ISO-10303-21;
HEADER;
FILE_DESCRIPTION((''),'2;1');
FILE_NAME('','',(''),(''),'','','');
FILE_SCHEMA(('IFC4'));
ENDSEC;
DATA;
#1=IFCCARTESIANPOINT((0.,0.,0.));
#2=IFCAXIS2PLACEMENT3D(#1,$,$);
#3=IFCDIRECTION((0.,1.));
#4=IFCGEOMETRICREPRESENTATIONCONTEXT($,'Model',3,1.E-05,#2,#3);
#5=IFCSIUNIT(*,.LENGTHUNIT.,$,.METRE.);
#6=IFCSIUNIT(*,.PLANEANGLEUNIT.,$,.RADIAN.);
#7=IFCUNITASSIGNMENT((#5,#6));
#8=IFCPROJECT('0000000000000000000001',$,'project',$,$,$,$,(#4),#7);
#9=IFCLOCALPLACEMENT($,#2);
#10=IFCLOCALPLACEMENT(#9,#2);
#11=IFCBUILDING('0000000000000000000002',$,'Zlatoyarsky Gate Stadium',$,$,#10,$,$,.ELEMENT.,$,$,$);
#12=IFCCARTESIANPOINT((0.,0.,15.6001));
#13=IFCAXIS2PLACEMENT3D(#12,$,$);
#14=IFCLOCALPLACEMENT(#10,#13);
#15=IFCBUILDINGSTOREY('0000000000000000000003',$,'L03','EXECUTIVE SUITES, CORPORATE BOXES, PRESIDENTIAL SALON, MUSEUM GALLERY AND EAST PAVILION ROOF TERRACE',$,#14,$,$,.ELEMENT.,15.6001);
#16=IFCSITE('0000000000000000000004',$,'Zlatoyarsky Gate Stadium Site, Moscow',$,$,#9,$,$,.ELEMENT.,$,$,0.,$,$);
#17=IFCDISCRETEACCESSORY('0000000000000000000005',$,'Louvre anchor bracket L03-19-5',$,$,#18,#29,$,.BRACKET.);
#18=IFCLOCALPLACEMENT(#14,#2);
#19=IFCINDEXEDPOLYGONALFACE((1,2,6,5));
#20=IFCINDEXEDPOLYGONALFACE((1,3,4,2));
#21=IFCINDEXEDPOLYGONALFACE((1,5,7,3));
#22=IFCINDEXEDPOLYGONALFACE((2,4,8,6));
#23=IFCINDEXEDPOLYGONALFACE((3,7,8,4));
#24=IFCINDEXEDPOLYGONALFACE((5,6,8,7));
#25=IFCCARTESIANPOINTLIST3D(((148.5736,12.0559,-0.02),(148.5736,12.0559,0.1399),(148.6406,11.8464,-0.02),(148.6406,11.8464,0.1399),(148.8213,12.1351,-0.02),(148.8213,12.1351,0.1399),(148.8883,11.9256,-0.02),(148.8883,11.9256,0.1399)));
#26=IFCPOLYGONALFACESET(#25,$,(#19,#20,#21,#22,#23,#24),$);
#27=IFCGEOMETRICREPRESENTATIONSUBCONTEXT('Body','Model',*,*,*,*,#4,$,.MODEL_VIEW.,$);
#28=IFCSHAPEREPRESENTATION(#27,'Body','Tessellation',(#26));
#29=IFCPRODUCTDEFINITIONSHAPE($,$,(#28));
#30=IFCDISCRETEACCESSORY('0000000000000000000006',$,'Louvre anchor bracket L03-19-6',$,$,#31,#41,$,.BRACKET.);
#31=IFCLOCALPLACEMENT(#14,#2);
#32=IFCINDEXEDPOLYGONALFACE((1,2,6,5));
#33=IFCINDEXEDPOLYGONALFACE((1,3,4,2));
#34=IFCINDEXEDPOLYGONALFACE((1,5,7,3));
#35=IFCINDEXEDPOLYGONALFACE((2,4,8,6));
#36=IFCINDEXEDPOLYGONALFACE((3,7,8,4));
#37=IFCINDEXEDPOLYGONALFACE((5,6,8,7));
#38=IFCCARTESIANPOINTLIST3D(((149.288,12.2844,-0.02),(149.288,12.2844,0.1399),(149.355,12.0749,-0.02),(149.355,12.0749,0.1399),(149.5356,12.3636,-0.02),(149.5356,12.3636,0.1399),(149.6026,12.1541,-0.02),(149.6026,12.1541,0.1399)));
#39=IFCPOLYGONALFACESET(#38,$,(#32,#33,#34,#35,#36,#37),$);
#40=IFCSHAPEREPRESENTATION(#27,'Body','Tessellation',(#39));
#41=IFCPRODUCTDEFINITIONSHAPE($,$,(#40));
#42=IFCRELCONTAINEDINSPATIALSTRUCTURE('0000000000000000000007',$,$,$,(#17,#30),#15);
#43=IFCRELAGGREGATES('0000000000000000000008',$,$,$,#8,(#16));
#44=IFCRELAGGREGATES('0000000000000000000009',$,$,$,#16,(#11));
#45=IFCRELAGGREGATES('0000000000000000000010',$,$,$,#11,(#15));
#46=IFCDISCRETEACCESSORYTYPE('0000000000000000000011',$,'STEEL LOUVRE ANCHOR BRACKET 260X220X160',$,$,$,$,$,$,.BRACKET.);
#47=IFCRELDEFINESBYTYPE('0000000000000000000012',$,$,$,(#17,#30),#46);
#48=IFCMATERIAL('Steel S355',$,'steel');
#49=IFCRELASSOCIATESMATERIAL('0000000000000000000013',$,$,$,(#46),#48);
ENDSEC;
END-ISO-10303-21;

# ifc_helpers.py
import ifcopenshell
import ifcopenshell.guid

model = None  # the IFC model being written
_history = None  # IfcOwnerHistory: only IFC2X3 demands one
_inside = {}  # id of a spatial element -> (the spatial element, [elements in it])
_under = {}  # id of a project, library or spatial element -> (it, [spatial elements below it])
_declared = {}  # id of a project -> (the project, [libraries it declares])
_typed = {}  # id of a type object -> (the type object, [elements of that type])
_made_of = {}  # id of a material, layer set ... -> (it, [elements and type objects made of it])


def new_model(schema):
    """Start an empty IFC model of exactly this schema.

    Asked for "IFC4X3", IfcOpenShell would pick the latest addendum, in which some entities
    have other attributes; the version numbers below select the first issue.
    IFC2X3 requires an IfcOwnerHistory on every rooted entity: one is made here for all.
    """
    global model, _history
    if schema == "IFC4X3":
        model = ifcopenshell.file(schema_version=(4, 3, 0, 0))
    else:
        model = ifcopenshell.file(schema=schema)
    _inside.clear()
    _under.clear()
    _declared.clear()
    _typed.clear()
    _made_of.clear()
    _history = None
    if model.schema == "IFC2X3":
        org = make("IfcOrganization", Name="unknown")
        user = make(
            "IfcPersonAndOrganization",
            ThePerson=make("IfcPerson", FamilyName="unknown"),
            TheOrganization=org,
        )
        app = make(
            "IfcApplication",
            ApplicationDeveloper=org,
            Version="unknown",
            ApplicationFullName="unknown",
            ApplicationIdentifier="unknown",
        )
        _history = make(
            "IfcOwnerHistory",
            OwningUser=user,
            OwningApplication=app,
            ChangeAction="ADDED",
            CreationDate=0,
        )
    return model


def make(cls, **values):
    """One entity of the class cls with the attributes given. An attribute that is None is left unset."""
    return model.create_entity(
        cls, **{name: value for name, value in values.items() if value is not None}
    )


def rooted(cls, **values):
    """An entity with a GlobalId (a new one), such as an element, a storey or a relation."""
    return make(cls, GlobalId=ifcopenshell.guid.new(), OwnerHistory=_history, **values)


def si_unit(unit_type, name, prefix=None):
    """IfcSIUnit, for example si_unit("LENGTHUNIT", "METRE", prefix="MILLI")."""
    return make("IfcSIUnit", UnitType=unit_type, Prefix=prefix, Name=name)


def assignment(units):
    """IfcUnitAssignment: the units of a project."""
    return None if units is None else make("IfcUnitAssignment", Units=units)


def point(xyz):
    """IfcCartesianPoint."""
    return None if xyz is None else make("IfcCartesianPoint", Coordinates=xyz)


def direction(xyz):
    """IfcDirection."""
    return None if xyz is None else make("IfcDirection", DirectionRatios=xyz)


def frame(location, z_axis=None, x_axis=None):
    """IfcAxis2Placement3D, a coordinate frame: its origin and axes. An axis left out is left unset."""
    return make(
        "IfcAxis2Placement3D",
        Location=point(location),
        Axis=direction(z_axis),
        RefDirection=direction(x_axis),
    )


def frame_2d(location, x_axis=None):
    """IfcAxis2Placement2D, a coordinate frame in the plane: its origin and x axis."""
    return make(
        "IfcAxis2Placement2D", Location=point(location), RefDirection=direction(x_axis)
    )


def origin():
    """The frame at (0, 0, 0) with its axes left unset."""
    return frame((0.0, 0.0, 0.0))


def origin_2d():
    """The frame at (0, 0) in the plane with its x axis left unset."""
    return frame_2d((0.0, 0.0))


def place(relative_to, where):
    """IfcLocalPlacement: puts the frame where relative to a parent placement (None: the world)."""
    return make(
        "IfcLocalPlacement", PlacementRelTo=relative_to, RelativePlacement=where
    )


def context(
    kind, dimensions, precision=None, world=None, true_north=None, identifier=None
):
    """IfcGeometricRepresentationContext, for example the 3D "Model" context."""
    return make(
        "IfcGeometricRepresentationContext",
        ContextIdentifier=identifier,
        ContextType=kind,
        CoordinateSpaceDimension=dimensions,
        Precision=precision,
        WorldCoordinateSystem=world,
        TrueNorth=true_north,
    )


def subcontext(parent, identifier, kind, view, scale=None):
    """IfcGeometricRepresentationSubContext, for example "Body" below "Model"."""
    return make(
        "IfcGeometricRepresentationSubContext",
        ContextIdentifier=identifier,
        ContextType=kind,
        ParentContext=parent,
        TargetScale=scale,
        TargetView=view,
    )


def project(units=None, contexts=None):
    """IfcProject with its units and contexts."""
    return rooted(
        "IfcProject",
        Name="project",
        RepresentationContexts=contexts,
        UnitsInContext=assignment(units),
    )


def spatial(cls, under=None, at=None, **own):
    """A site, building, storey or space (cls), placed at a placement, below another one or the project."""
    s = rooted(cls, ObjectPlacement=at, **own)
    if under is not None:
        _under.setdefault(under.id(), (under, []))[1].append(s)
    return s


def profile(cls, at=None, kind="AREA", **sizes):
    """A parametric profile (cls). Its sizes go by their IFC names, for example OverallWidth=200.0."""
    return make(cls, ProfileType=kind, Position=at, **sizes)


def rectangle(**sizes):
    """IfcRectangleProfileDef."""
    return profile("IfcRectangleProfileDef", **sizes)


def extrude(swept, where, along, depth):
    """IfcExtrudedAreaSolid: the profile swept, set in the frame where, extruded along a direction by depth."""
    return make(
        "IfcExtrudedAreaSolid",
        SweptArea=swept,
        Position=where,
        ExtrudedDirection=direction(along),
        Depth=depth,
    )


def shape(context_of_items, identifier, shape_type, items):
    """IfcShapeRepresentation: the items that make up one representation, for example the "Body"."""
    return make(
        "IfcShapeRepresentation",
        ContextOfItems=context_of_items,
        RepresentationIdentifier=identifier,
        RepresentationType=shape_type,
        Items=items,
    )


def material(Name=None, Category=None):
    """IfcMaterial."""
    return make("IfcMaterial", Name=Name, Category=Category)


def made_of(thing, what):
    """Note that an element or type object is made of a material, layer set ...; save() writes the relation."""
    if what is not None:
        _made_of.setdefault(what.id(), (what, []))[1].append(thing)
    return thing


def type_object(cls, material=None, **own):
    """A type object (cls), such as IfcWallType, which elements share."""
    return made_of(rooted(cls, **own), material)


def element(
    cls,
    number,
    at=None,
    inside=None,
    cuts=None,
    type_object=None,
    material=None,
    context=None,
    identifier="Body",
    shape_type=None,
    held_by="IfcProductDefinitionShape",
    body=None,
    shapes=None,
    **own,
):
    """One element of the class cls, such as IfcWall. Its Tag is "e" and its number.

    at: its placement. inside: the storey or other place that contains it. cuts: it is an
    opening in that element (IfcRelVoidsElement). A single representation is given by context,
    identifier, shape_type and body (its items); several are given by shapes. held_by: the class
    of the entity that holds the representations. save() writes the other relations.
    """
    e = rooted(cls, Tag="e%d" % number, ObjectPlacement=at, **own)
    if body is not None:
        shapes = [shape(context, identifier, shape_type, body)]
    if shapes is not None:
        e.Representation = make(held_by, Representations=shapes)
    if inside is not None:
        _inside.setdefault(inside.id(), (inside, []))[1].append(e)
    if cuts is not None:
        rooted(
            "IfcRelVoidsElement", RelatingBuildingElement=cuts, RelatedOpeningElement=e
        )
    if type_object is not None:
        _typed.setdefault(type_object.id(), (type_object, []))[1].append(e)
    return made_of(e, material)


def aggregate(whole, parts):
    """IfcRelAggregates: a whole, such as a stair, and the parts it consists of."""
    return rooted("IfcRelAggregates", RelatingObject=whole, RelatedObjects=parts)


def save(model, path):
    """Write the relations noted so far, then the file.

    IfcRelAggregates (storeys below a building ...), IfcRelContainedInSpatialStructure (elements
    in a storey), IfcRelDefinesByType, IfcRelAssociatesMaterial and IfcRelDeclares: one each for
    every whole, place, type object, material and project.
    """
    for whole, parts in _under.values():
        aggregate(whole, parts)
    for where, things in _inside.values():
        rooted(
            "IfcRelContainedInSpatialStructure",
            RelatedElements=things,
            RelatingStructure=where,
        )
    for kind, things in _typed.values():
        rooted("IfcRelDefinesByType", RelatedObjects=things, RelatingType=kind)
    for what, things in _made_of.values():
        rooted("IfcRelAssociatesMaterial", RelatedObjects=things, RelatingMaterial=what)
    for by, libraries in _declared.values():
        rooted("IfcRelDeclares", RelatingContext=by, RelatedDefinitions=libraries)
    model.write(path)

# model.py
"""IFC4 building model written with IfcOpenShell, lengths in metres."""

from ifc_helpers import new_model, si_unit, direction, frame, origin, origin_2d, place, context, subcontext, project, spatial, rectangle, extrude, material, type_object, element, save


model = new_model("IFC4")

# Units and contexts
model_context = context("Model", 3, precision=1e-05, world=origin(), true_north=direction((0.0, 1.0)))
body_context = subcontext(model_context, "Body", "Model", "MODEL_VIEW")
ifc_project = project(units=[si_unit("LENGTHUNIT", "METRE"), si_unit("PLANEANGLEUNIT", "RADIAN")], contexts=[model_context])

# Site, building, storey
site_placement = place(None, origin())
site = spatial("IfcSite", under=ifc_project, at=site_placement, Name="Zlatoyarsky Gate Stadium Site, Moscow", CompositionType="ELEMENT", RefElevation=0.0)
building_placement = place(site_placement, origin())
building = spatial("IfcBuilding", under=site, at=building_placement, Name="Zlatoyarsky Gate Stadium", CompositionType="ELEMENT")
storey_placement = place(building_placement, frame((0.0, 0.0, 15.6001)))
storey = spatial("IfcBuildingStorey", under=building, at=storey_placement, Name="L03", Description="EXECUTIVE SUITES, CORPORATE BOXES, PRESIDENTIAL SALON, MUSEUM GALLERY AND EAST PAVILION ROOF TERRACE", CompositionType="ELEMENT", Elevation=15.6001)

# Shared definitions
ifc_material_1 = material(Name="Steel S355", Category="steel")

# Discrete accessories
discrete_accessory_type = type_object("IfcDiscreteAccessoryType", Name="STEEL LOUVRE ANCHOR BRACKET 260X220X160", PredefinedType="BRACKET", material=ifc_material_1)
for number, where, z_axis, x_axis, name in (
    (1, (148.731, 11.9907, -0.02), (0.0, 0.0, 1.0), (0.952451, 0.304691, 0.0), "Louvre anchor bracket L03-19-5"),
    (2, (149.4453, 12.2192, -0.02), (0.0, 0.0, 1.0), (0.952451, 0.304691, 0.0), "Louvre anchor bracket L03-19-6"),
):
    element("IfcDiscreteAccessory", number, at=place(storey_placement, frame(where, z_axis=z_axis, x_axis=x_axis)), inside=storey, type_object=discrete_accessory_type, Name=name, PredefinedType="BRACKET", context=body_context, shape_type="SweptSolid", body=[
        extrude(rectangle(XDim=0.26, YDim=0.22, at=origin_2d()), origin(), (0.0, 0.0, 1.0), 0.1599),
    ])

save(model, "model.ifc")
